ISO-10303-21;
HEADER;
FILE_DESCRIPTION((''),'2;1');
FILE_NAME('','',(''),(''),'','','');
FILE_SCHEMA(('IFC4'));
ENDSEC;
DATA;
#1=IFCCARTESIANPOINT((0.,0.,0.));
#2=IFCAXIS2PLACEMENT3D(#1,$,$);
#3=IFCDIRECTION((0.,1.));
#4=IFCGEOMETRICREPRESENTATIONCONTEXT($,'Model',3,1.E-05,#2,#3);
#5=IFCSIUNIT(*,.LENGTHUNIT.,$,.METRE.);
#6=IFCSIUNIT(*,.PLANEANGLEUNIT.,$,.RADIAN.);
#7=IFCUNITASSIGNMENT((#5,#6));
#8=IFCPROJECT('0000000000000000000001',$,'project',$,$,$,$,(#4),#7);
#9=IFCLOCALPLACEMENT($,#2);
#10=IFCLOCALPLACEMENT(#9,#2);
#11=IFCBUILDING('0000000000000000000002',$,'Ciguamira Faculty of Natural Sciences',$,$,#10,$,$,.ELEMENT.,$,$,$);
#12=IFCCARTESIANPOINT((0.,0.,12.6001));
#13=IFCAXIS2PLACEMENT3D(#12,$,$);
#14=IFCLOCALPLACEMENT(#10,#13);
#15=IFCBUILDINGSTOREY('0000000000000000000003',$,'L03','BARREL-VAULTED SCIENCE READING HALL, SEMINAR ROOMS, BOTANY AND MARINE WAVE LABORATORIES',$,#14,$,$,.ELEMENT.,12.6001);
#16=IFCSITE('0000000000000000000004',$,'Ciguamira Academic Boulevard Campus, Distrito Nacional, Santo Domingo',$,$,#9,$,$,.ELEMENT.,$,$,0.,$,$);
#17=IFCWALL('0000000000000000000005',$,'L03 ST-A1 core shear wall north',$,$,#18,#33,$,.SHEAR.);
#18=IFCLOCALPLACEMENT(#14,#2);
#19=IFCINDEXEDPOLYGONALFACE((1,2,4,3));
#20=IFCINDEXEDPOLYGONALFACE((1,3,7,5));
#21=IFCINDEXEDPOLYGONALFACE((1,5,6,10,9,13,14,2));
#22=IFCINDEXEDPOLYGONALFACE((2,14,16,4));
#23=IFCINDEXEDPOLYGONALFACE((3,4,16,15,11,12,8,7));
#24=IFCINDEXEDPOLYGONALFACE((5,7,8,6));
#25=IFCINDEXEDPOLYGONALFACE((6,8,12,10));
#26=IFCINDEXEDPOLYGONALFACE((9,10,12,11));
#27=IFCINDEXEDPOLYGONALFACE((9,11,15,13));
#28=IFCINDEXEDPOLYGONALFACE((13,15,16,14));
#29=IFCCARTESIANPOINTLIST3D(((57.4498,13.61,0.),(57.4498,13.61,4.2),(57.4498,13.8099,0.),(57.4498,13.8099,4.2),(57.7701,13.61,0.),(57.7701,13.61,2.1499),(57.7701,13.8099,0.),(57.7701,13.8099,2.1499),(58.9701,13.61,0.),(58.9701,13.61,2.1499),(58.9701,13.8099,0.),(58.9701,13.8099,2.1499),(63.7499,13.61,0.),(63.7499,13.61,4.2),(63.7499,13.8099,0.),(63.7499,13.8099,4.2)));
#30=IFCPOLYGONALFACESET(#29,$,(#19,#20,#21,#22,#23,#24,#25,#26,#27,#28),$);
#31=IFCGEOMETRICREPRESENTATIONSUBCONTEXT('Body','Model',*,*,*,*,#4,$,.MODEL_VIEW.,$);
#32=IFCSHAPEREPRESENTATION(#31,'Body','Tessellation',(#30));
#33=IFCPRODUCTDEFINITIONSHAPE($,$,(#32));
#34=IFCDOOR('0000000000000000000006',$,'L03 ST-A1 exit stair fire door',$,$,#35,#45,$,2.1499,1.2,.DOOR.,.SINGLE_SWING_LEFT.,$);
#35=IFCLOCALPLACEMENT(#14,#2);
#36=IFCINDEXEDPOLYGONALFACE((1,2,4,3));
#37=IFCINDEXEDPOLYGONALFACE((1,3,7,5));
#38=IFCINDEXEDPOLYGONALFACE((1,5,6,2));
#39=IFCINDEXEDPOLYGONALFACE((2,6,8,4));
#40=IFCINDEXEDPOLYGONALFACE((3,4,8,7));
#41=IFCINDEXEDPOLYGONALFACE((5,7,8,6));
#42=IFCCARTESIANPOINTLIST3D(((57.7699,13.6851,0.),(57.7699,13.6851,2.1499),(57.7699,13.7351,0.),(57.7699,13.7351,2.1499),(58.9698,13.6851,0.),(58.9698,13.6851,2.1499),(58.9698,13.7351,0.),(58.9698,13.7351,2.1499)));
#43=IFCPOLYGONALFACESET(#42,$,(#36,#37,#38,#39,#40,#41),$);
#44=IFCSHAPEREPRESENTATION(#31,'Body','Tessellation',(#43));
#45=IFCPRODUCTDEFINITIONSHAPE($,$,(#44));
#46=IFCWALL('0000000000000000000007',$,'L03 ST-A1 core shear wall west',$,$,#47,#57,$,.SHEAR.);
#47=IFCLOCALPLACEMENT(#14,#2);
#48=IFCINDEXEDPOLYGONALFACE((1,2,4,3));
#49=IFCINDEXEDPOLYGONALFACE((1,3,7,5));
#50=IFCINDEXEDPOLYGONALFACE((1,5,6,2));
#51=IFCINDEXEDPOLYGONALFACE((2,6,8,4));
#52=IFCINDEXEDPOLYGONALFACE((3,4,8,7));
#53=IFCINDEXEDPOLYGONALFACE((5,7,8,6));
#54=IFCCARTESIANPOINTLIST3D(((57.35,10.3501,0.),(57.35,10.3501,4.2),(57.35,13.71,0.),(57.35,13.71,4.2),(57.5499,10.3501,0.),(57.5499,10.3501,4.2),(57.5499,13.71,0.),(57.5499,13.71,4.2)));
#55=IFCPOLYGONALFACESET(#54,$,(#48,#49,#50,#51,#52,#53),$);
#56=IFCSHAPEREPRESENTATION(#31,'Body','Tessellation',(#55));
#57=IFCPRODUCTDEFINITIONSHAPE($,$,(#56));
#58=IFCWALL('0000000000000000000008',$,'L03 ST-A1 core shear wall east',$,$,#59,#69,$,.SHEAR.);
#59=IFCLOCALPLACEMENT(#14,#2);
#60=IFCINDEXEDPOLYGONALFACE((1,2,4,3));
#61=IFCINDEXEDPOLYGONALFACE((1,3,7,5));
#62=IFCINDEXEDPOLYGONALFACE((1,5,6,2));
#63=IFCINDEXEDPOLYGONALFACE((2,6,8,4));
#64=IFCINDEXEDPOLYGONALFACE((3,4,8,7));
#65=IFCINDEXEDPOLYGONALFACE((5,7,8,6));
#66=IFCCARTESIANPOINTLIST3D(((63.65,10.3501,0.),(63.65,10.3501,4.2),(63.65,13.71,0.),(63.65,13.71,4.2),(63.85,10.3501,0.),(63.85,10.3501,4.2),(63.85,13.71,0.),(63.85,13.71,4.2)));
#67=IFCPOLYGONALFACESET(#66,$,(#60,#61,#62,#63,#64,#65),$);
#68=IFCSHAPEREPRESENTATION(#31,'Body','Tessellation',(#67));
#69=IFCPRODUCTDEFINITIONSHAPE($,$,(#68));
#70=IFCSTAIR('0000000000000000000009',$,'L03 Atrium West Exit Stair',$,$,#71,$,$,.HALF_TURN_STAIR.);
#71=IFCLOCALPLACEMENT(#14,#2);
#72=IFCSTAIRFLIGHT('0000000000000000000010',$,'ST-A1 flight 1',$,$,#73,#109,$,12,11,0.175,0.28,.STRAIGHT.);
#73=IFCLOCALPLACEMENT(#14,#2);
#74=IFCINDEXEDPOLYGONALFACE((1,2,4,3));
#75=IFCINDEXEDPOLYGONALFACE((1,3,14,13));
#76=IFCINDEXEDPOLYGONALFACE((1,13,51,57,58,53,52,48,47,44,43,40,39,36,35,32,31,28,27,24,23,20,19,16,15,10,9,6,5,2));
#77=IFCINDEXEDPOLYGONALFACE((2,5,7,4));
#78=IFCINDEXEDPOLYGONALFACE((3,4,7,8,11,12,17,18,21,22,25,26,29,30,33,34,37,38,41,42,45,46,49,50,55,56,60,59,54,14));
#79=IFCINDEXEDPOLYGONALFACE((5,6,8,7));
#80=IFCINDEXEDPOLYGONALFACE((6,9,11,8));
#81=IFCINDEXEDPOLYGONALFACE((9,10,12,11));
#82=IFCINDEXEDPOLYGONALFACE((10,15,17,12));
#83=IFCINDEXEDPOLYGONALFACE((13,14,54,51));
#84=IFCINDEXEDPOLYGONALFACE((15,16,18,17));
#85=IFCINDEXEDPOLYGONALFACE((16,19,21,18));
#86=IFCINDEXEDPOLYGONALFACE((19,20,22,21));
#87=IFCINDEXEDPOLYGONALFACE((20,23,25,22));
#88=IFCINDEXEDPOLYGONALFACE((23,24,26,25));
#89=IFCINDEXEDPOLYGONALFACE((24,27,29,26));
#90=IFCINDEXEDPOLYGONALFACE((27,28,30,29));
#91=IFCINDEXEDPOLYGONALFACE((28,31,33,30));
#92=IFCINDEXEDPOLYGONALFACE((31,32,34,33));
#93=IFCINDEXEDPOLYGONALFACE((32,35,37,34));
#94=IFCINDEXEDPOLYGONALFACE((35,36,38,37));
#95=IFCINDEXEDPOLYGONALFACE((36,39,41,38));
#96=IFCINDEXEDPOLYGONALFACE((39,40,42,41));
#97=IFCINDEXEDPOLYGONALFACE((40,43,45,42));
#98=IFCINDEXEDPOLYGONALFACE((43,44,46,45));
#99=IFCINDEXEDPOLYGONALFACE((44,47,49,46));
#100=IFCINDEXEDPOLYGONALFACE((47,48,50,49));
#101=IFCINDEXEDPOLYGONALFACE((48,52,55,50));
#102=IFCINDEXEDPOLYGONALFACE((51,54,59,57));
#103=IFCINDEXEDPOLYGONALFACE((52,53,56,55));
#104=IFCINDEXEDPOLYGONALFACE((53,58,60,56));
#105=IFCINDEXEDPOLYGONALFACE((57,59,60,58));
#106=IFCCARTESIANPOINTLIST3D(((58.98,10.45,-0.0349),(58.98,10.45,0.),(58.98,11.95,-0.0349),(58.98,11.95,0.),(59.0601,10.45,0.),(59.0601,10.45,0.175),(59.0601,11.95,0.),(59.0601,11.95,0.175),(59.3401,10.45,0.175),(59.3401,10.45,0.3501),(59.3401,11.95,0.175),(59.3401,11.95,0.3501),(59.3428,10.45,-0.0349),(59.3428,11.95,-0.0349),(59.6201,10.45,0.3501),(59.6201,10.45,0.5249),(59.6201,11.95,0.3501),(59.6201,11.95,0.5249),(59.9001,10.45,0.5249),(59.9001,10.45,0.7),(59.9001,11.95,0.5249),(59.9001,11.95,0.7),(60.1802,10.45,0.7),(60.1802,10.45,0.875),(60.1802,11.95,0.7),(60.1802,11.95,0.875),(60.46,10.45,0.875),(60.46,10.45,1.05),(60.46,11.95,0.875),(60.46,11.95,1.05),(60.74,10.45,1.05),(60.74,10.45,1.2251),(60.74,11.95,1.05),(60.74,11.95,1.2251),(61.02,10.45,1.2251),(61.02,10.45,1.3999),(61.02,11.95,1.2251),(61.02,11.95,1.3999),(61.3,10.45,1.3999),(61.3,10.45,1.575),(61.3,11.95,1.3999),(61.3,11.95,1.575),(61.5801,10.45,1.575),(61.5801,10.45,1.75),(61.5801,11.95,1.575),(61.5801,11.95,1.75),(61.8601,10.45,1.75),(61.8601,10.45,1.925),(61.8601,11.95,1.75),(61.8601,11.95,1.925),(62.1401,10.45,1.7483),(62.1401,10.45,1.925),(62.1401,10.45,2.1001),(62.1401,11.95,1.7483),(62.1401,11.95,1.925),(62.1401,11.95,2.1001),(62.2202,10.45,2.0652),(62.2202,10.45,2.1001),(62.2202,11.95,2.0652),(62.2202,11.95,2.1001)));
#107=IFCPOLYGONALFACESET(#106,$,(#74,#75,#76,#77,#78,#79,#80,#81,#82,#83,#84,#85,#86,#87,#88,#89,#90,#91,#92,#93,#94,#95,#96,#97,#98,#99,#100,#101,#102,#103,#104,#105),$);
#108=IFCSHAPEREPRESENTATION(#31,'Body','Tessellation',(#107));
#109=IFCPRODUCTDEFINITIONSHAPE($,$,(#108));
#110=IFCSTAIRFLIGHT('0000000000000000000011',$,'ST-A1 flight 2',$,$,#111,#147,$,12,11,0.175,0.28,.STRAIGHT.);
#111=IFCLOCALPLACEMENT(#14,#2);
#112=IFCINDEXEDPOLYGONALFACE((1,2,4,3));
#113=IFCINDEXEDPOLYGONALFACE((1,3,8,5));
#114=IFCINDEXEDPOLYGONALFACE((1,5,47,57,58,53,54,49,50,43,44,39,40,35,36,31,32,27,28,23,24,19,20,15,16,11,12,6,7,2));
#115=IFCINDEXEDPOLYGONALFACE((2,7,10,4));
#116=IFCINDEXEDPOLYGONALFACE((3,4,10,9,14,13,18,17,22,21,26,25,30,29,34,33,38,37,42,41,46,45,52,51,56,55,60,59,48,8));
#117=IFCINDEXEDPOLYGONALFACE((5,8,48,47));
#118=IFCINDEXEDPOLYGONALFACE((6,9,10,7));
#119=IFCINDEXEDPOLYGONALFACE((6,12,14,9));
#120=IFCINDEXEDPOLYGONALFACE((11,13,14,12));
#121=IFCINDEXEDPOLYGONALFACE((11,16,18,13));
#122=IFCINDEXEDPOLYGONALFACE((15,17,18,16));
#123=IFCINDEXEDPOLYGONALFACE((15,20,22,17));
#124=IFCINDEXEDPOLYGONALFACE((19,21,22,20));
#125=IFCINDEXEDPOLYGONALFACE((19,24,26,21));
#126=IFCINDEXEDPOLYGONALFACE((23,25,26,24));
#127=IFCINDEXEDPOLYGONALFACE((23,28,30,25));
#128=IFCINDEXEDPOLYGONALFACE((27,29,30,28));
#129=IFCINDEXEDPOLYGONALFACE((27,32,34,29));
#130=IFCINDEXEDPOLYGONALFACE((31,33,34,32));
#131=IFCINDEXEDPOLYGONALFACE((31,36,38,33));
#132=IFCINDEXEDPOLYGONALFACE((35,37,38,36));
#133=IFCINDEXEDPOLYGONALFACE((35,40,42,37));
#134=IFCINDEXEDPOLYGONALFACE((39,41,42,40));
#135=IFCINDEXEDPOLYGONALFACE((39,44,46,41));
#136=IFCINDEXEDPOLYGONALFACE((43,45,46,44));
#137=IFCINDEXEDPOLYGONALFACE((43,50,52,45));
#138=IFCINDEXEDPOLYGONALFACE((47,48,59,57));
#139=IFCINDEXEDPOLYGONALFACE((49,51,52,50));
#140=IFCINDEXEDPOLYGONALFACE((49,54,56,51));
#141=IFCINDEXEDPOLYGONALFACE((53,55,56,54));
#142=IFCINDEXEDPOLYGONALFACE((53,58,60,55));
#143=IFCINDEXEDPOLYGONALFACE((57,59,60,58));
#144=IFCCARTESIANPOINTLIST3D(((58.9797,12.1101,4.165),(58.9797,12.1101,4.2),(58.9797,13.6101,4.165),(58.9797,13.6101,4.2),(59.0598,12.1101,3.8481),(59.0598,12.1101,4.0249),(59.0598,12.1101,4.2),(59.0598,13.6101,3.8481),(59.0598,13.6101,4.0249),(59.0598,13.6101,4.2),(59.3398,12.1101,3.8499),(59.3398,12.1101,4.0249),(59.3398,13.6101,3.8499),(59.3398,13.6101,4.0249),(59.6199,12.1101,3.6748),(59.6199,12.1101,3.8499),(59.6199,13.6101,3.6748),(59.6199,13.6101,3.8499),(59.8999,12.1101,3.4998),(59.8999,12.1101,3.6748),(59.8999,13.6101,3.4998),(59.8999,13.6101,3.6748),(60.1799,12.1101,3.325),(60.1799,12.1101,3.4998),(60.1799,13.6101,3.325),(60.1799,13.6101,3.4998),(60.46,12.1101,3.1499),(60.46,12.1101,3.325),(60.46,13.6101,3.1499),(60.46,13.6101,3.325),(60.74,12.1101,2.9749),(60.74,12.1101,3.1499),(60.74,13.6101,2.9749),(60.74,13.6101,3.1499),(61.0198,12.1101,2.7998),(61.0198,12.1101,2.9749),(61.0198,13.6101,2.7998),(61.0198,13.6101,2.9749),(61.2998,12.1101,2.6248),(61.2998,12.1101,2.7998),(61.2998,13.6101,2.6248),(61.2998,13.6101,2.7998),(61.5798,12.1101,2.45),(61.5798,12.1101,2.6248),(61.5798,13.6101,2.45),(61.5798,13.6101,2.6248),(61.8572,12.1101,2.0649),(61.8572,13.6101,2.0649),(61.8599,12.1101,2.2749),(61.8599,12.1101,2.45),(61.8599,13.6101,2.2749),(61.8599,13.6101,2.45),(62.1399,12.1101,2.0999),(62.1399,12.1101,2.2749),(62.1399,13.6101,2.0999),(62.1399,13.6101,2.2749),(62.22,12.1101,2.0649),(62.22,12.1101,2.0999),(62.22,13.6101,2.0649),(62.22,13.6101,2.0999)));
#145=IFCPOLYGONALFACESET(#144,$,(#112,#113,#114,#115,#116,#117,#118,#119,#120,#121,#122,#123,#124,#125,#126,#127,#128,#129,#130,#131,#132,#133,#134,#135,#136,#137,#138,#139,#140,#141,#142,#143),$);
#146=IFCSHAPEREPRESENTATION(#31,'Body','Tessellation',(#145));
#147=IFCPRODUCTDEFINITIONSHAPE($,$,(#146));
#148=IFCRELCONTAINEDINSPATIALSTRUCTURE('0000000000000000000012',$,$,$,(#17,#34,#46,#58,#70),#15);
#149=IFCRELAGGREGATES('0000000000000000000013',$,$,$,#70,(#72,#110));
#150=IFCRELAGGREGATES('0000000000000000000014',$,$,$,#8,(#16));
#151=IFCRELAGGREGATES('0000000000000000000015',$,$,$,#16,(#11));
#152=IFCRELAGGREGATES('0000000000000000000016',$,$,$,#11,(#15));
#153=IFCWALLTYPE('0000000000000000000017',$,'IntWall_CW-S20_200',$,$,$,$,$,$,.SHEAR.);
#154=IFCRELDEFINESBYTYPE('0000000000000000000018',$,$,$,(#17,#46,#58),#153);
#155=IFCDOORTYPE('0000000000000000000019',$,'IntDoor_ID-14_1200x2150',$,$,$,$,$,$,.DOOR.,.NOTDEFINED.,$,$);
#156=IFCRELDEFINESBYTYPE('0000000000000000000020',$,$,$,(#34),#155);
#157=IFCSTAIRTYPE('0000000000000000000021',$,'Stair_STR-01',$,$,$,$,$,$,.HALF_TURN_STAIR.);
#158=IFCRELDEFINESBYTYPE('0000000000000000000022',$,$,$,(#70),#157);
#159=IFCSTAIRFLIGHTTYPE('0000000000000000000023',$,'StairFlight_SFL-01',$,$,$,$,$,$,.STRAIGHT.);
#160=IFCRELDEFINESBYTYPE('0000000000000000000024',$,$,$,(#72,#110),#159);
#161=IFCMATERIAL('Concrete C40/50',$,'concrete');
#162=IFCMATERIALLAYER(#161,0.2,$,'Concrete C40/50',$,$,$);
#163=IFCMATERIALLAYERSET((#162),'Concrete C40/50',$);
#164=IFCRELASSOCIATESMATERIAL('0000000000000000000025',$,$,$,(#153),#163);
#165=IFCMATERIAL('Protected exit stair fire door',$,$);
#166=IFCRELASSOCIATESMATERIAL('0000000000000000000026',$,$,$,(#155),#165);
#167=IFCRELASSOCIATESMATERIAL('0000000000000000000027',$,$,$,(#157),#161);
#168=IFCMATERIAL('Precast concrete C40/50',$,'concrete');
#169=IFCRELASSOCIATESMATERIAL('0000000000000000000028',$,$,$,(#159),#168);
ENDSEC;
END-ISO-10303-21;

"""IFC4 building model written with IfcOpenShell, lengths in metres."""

from ifc_helpers import new_model, si_unit, direction, frame, frame_2d, origin, place, context, subcontext, project, spatial, polyline, rectangle, outline, extrude, material, layer, layer_set, type_object, element, fill, aggregate, save


model = new_model("IFC4")

# Units and contexts
model_context = context("Model", 3, precision=1e-05, world=origin(), true_north=direction((0.0, 1.0)))
body_context = subcontext(model_context, "Body", "Model", "MODEL_VIEW")
ifc_project = project(units=[si_unit("LENGTHUNIT", "METRE"), si_unit("PLANEANGLEUNIT", "RADIAN")], contexts=[model_context])

# Site, building, storey
site_placement = place(None, origin())
site = spatial("IfcSite", under=ifc_project, at=site_placement, Name="Ciguamira Academic Boulevard Campus, Distrito Nacional, Santo Domingo", CompositionType="ELEMENT", RefElevation=0.0)
building_placement = place(site_placement, origin())
building = spatial("IfcBuilding", under=site, at=building_placement, Name="Ciguamira Faculty of Natural Sciences", CompositionType="ELEMENT")
storey_placement = place(building_placement, frame((0.0, 0.0, 12.6001)))
storey = spatial("IfcBuildingStorey", under=building, at=storey_placement, Name="L03", Description="BARREL-VAULTED SCIENCE READING HALL, SEMINAR ROOMS, BOTANY AND MARINE WAVE LABORATORIES", CompositionType="ELEMENT", Elevation=12.6001)

# Shared definitions
ifc_material_1 = material(Name="Concrete C40/50", Category="concrete")

# Shared definitions
ifc_layer_1 = layer(ifc_material_1, 0.2, Name="Concrete C40/50")
ifc_layer_set_1 = layer_set([ifc_layer_1], Name="Concrete C40/50")
wall_type = type_object("IfcWallType", Name="IntWall_CW-S20_200", PredefinedType="SHEAR", material=ifc_layer_set_1)

# Wall, opening, door
wall_1_placement = place(storey_placement, frame((57.45, 13.71, 0.0), z_axis=(0.0, 0.0, 1.0), x_axis=(1.0, 0.0, 0.0)))
wall_1 = element("IfcWall", 1, at=wall_1_placement, inside=storey, type_object=wall_type, Name="L03 ST-A1 core shear wall north", PredefinedType="SHEAR", context=body_context, shape_type="SweptSolid", body=[
    extrude(rectangle(XDim=6.3, YDim=0.2, at=frame_2d((3.1499, 0.0))), origin(), (0.0, 0.0, 1.0), 4.2),
])
opening_placement = place(wall_1_placement, frame((0.3201, 0.0, 0.0)))
opening = element("IfcOpeningElement", 2, at=opening_placement, cuts=wall_1, PredefinedType="OPENING", context=body_context, shape_type="SweptSolid", body=[
    extrude(rectangle(XDim=1.2, YDim=2.1499, at=frame_2d((0.6001, 1.075))), frame((0.0, 0.1099, 0.0), z_axis=(0.0, -1.0, 0.0), x_axis=(1.0, 0.0, 0.0)), (0.0, 0.0, 1.0), 0.22),
])
ifc_material_2 = material(Name="Protected exit stair fire door")
door_type = type_object("IfcDoorType", Name="IntDoor_ID-14_1200x2150", OperationType="NOTDEFINED", PredefinedType="DOOR", material=ifc_material_2)
door_placement = place(opening_placement, frame((1.2, 0.0, 0.0), z_axis=(0.0, 0.0, 1.0), x_axis=(-1.0, 0.0, 0.0)))
door = element("IfcDoor", 3, at=door_placement, inside=storey, type_object=door_type, Name="L03 ST-A1 exit stair fire door", OperationType="SINGLE_SWING_LEFT", OverallHeight=2.1499, OverallWidth=1.2, PredefinedType="DOOR", context=body_context, shape_type="SweptSolid", body=[
    extrude(rectangle(XDim=1.2, YDim=2.1499, at=frame_2d((0.6001, 1.075))), frame((0.0, 0.0249, 0.0), z_axis=(0.0, -1.0, 0.0), x_axis=(1.0, 0.0, 0.0)), (0.0, 0.0, 1.0), 0.05),
])
fill(opening, door)

# Walls
for number, where, z_axis, x_axis, name in (
    (4, (57.45, 10.3501, 0.0), (0.0, 0.0, 1.0), (0.0, 1.0, 0.0), "L03 ST-A1 core shear wall west"),
    (5, (63.75, 10.3501, 0.0), (0.0, 0.0, 1.0), (0.0, 1.0, 0.0), "L03 ST-A1 core shear wall east"),
):
    element("IfcWall", number, at=place(storey_placement, frame(where, z_axis=z_axis, x_axis=x_axis)), inside=storey, type_object=wall_type, Name=name, PredefinedType="SHEAR", context=body_context, shape_type="SweptSolid", body=[
        extrude(rectangle(XDim=3.3599, YDim=0.2, at=frame_2d((1.6799, 0.0))), origin(), (0.0, 0.0, 1.0), 4.2),
    ])

# Stair, stair flights
stair_type = type_object("IfcStairType", Name="Stair_STR-01", PredefinedType="HALF_TURN_STAIR", material=ifc_material_1)
stair_placement = place(storey_placement, origin())
stair = element("IfcStair", 6, at=stair_placement, inside=storey, type_object=stair_type, Name="L03 Atrium West Exit Stair", PredefinedType="HALF_TURN_STAIR")
ifc_material_3 = material(Name="Precast concrete C40/50", Category="concrete")
stair_flight_type = type_object("IfcStairFlightType", Name="StairFlight_SFL-01", PredefinedType="STRAIGHT", material=ifc_material_3)
stair_flight_1_placement = place(storey_placement, frame((59.0601, 11.2, 0.0), z_axis=(0.0, 0.0, 1.0), x_axis=(1.0, 0.0, 0.0)))
stair_flight_1 = element("IfcStairFlight", 7, at=stair_flight_1_placement, type_object=stair_flight_type, Name="ST-A1 flight 1", NumberOfRisers=12, NumberOfTreads=11, PredefinedType="STRAIGHT", RiserHeight=0.175, TreadLength=0.28, context=body_context, shape_type="SweptSolid", body=[
    extrude(outline(polyline([(-0.0801, -0.0349), (-0.0801, 0.0), (0.0, 0.0), (0.0, 0.175), (0.28, 0.175), (0.28, 0.3501), (0.5601, 0.3501), (0.5601, 0.5249), (0.8401, 0.5249), (0.8401, 0.7), (1.1201, 0.7), (1.1201, 0.875), (1.3999, 0.875), (1.3999, 1.05), (1.6799, 1.05), (1.6799, 1.2251), (1.96, 1.2251), (1.96, 1.3999), (2.24, 1.3999), (2.24, 1.575), (2.52, 1.575), (2.52, 1.75), (2.8, 1.75), (2.8, 1.925), (3.0801, 1.925), (3.0801, 2.1001), (3.1602, 2.1001), (3.1602, 2.0652), (3.0801, 1.7483), (0.2827, -0.0349), (-0.0801, -0.0349)])), frame((0.0, 0.75, 0.0), z_axis=(0.0, -1.0, 0.0), x_axis=(1.0, 0.0, 0.0)), (0.0, 0.0, 1.0), 1.5),
])
stair_flight_2_placement = place(storey_placement, frame((62.1399, 12.8601, 2.0999), z_axis=(0.0, 0.0, 1.0), x_axis=(-1.0, 0.0, 0.0)))
stair_flight_2 = element("IfcStairFlight", 8, at=stair_flight_2_placement, type_object=stair_flight_type, Name="ST-A1 flight 2", NumberOfRisers=12, NumberOfTreads=11, PredefinedType="STRAIGHT", RiserHeight=0.175, TreadLength=0.28, context=body_context, shape_type="SweptSolid", body=[
    extrude(outline(polyline([(-0.0801, -0.0349), (-0.0801, 0.0), (0.0, 0.0), (0.0, 0.175), (0.28, 0.175), (0.28, 0.3501), (0.5601, 0.3501), (0.5601, 0.5249), (0.8401, 0.5249), (0.8401, 0.7), (1.1201, 0.7), (1.1201, 0.875), (1.3999, 0.875), (1.3999, 1.05), (1.6799, 1.05), (1.6799, 1.2251), (1.96, 1.2251), (1.96, 1.3999), (2.24, 1.3999), (2.24, 1.575), (2.52, 1.575), (2.52, 1.75), (2.8, 1.75), (2.8, 1.925), (3.0801, 1.925), (3.0801, 2.1001), (3.1602, 2.1001), (3.1602, 2.0652), (3.0801, 1.7483), (0.2827, -0.0349), (-0.0801, -0.0349)])), frame((0.0, 0.75, 0.0), z_axis=(0.0, -1.0, 0.0), x_axis=(1.0, 0.0, 0.0)), (0.0, 0.0, 1.0), 1.5),
])
aggregate(stair, [stair_flight_1, stair_flight_2])

save(model, "model.ifc")
